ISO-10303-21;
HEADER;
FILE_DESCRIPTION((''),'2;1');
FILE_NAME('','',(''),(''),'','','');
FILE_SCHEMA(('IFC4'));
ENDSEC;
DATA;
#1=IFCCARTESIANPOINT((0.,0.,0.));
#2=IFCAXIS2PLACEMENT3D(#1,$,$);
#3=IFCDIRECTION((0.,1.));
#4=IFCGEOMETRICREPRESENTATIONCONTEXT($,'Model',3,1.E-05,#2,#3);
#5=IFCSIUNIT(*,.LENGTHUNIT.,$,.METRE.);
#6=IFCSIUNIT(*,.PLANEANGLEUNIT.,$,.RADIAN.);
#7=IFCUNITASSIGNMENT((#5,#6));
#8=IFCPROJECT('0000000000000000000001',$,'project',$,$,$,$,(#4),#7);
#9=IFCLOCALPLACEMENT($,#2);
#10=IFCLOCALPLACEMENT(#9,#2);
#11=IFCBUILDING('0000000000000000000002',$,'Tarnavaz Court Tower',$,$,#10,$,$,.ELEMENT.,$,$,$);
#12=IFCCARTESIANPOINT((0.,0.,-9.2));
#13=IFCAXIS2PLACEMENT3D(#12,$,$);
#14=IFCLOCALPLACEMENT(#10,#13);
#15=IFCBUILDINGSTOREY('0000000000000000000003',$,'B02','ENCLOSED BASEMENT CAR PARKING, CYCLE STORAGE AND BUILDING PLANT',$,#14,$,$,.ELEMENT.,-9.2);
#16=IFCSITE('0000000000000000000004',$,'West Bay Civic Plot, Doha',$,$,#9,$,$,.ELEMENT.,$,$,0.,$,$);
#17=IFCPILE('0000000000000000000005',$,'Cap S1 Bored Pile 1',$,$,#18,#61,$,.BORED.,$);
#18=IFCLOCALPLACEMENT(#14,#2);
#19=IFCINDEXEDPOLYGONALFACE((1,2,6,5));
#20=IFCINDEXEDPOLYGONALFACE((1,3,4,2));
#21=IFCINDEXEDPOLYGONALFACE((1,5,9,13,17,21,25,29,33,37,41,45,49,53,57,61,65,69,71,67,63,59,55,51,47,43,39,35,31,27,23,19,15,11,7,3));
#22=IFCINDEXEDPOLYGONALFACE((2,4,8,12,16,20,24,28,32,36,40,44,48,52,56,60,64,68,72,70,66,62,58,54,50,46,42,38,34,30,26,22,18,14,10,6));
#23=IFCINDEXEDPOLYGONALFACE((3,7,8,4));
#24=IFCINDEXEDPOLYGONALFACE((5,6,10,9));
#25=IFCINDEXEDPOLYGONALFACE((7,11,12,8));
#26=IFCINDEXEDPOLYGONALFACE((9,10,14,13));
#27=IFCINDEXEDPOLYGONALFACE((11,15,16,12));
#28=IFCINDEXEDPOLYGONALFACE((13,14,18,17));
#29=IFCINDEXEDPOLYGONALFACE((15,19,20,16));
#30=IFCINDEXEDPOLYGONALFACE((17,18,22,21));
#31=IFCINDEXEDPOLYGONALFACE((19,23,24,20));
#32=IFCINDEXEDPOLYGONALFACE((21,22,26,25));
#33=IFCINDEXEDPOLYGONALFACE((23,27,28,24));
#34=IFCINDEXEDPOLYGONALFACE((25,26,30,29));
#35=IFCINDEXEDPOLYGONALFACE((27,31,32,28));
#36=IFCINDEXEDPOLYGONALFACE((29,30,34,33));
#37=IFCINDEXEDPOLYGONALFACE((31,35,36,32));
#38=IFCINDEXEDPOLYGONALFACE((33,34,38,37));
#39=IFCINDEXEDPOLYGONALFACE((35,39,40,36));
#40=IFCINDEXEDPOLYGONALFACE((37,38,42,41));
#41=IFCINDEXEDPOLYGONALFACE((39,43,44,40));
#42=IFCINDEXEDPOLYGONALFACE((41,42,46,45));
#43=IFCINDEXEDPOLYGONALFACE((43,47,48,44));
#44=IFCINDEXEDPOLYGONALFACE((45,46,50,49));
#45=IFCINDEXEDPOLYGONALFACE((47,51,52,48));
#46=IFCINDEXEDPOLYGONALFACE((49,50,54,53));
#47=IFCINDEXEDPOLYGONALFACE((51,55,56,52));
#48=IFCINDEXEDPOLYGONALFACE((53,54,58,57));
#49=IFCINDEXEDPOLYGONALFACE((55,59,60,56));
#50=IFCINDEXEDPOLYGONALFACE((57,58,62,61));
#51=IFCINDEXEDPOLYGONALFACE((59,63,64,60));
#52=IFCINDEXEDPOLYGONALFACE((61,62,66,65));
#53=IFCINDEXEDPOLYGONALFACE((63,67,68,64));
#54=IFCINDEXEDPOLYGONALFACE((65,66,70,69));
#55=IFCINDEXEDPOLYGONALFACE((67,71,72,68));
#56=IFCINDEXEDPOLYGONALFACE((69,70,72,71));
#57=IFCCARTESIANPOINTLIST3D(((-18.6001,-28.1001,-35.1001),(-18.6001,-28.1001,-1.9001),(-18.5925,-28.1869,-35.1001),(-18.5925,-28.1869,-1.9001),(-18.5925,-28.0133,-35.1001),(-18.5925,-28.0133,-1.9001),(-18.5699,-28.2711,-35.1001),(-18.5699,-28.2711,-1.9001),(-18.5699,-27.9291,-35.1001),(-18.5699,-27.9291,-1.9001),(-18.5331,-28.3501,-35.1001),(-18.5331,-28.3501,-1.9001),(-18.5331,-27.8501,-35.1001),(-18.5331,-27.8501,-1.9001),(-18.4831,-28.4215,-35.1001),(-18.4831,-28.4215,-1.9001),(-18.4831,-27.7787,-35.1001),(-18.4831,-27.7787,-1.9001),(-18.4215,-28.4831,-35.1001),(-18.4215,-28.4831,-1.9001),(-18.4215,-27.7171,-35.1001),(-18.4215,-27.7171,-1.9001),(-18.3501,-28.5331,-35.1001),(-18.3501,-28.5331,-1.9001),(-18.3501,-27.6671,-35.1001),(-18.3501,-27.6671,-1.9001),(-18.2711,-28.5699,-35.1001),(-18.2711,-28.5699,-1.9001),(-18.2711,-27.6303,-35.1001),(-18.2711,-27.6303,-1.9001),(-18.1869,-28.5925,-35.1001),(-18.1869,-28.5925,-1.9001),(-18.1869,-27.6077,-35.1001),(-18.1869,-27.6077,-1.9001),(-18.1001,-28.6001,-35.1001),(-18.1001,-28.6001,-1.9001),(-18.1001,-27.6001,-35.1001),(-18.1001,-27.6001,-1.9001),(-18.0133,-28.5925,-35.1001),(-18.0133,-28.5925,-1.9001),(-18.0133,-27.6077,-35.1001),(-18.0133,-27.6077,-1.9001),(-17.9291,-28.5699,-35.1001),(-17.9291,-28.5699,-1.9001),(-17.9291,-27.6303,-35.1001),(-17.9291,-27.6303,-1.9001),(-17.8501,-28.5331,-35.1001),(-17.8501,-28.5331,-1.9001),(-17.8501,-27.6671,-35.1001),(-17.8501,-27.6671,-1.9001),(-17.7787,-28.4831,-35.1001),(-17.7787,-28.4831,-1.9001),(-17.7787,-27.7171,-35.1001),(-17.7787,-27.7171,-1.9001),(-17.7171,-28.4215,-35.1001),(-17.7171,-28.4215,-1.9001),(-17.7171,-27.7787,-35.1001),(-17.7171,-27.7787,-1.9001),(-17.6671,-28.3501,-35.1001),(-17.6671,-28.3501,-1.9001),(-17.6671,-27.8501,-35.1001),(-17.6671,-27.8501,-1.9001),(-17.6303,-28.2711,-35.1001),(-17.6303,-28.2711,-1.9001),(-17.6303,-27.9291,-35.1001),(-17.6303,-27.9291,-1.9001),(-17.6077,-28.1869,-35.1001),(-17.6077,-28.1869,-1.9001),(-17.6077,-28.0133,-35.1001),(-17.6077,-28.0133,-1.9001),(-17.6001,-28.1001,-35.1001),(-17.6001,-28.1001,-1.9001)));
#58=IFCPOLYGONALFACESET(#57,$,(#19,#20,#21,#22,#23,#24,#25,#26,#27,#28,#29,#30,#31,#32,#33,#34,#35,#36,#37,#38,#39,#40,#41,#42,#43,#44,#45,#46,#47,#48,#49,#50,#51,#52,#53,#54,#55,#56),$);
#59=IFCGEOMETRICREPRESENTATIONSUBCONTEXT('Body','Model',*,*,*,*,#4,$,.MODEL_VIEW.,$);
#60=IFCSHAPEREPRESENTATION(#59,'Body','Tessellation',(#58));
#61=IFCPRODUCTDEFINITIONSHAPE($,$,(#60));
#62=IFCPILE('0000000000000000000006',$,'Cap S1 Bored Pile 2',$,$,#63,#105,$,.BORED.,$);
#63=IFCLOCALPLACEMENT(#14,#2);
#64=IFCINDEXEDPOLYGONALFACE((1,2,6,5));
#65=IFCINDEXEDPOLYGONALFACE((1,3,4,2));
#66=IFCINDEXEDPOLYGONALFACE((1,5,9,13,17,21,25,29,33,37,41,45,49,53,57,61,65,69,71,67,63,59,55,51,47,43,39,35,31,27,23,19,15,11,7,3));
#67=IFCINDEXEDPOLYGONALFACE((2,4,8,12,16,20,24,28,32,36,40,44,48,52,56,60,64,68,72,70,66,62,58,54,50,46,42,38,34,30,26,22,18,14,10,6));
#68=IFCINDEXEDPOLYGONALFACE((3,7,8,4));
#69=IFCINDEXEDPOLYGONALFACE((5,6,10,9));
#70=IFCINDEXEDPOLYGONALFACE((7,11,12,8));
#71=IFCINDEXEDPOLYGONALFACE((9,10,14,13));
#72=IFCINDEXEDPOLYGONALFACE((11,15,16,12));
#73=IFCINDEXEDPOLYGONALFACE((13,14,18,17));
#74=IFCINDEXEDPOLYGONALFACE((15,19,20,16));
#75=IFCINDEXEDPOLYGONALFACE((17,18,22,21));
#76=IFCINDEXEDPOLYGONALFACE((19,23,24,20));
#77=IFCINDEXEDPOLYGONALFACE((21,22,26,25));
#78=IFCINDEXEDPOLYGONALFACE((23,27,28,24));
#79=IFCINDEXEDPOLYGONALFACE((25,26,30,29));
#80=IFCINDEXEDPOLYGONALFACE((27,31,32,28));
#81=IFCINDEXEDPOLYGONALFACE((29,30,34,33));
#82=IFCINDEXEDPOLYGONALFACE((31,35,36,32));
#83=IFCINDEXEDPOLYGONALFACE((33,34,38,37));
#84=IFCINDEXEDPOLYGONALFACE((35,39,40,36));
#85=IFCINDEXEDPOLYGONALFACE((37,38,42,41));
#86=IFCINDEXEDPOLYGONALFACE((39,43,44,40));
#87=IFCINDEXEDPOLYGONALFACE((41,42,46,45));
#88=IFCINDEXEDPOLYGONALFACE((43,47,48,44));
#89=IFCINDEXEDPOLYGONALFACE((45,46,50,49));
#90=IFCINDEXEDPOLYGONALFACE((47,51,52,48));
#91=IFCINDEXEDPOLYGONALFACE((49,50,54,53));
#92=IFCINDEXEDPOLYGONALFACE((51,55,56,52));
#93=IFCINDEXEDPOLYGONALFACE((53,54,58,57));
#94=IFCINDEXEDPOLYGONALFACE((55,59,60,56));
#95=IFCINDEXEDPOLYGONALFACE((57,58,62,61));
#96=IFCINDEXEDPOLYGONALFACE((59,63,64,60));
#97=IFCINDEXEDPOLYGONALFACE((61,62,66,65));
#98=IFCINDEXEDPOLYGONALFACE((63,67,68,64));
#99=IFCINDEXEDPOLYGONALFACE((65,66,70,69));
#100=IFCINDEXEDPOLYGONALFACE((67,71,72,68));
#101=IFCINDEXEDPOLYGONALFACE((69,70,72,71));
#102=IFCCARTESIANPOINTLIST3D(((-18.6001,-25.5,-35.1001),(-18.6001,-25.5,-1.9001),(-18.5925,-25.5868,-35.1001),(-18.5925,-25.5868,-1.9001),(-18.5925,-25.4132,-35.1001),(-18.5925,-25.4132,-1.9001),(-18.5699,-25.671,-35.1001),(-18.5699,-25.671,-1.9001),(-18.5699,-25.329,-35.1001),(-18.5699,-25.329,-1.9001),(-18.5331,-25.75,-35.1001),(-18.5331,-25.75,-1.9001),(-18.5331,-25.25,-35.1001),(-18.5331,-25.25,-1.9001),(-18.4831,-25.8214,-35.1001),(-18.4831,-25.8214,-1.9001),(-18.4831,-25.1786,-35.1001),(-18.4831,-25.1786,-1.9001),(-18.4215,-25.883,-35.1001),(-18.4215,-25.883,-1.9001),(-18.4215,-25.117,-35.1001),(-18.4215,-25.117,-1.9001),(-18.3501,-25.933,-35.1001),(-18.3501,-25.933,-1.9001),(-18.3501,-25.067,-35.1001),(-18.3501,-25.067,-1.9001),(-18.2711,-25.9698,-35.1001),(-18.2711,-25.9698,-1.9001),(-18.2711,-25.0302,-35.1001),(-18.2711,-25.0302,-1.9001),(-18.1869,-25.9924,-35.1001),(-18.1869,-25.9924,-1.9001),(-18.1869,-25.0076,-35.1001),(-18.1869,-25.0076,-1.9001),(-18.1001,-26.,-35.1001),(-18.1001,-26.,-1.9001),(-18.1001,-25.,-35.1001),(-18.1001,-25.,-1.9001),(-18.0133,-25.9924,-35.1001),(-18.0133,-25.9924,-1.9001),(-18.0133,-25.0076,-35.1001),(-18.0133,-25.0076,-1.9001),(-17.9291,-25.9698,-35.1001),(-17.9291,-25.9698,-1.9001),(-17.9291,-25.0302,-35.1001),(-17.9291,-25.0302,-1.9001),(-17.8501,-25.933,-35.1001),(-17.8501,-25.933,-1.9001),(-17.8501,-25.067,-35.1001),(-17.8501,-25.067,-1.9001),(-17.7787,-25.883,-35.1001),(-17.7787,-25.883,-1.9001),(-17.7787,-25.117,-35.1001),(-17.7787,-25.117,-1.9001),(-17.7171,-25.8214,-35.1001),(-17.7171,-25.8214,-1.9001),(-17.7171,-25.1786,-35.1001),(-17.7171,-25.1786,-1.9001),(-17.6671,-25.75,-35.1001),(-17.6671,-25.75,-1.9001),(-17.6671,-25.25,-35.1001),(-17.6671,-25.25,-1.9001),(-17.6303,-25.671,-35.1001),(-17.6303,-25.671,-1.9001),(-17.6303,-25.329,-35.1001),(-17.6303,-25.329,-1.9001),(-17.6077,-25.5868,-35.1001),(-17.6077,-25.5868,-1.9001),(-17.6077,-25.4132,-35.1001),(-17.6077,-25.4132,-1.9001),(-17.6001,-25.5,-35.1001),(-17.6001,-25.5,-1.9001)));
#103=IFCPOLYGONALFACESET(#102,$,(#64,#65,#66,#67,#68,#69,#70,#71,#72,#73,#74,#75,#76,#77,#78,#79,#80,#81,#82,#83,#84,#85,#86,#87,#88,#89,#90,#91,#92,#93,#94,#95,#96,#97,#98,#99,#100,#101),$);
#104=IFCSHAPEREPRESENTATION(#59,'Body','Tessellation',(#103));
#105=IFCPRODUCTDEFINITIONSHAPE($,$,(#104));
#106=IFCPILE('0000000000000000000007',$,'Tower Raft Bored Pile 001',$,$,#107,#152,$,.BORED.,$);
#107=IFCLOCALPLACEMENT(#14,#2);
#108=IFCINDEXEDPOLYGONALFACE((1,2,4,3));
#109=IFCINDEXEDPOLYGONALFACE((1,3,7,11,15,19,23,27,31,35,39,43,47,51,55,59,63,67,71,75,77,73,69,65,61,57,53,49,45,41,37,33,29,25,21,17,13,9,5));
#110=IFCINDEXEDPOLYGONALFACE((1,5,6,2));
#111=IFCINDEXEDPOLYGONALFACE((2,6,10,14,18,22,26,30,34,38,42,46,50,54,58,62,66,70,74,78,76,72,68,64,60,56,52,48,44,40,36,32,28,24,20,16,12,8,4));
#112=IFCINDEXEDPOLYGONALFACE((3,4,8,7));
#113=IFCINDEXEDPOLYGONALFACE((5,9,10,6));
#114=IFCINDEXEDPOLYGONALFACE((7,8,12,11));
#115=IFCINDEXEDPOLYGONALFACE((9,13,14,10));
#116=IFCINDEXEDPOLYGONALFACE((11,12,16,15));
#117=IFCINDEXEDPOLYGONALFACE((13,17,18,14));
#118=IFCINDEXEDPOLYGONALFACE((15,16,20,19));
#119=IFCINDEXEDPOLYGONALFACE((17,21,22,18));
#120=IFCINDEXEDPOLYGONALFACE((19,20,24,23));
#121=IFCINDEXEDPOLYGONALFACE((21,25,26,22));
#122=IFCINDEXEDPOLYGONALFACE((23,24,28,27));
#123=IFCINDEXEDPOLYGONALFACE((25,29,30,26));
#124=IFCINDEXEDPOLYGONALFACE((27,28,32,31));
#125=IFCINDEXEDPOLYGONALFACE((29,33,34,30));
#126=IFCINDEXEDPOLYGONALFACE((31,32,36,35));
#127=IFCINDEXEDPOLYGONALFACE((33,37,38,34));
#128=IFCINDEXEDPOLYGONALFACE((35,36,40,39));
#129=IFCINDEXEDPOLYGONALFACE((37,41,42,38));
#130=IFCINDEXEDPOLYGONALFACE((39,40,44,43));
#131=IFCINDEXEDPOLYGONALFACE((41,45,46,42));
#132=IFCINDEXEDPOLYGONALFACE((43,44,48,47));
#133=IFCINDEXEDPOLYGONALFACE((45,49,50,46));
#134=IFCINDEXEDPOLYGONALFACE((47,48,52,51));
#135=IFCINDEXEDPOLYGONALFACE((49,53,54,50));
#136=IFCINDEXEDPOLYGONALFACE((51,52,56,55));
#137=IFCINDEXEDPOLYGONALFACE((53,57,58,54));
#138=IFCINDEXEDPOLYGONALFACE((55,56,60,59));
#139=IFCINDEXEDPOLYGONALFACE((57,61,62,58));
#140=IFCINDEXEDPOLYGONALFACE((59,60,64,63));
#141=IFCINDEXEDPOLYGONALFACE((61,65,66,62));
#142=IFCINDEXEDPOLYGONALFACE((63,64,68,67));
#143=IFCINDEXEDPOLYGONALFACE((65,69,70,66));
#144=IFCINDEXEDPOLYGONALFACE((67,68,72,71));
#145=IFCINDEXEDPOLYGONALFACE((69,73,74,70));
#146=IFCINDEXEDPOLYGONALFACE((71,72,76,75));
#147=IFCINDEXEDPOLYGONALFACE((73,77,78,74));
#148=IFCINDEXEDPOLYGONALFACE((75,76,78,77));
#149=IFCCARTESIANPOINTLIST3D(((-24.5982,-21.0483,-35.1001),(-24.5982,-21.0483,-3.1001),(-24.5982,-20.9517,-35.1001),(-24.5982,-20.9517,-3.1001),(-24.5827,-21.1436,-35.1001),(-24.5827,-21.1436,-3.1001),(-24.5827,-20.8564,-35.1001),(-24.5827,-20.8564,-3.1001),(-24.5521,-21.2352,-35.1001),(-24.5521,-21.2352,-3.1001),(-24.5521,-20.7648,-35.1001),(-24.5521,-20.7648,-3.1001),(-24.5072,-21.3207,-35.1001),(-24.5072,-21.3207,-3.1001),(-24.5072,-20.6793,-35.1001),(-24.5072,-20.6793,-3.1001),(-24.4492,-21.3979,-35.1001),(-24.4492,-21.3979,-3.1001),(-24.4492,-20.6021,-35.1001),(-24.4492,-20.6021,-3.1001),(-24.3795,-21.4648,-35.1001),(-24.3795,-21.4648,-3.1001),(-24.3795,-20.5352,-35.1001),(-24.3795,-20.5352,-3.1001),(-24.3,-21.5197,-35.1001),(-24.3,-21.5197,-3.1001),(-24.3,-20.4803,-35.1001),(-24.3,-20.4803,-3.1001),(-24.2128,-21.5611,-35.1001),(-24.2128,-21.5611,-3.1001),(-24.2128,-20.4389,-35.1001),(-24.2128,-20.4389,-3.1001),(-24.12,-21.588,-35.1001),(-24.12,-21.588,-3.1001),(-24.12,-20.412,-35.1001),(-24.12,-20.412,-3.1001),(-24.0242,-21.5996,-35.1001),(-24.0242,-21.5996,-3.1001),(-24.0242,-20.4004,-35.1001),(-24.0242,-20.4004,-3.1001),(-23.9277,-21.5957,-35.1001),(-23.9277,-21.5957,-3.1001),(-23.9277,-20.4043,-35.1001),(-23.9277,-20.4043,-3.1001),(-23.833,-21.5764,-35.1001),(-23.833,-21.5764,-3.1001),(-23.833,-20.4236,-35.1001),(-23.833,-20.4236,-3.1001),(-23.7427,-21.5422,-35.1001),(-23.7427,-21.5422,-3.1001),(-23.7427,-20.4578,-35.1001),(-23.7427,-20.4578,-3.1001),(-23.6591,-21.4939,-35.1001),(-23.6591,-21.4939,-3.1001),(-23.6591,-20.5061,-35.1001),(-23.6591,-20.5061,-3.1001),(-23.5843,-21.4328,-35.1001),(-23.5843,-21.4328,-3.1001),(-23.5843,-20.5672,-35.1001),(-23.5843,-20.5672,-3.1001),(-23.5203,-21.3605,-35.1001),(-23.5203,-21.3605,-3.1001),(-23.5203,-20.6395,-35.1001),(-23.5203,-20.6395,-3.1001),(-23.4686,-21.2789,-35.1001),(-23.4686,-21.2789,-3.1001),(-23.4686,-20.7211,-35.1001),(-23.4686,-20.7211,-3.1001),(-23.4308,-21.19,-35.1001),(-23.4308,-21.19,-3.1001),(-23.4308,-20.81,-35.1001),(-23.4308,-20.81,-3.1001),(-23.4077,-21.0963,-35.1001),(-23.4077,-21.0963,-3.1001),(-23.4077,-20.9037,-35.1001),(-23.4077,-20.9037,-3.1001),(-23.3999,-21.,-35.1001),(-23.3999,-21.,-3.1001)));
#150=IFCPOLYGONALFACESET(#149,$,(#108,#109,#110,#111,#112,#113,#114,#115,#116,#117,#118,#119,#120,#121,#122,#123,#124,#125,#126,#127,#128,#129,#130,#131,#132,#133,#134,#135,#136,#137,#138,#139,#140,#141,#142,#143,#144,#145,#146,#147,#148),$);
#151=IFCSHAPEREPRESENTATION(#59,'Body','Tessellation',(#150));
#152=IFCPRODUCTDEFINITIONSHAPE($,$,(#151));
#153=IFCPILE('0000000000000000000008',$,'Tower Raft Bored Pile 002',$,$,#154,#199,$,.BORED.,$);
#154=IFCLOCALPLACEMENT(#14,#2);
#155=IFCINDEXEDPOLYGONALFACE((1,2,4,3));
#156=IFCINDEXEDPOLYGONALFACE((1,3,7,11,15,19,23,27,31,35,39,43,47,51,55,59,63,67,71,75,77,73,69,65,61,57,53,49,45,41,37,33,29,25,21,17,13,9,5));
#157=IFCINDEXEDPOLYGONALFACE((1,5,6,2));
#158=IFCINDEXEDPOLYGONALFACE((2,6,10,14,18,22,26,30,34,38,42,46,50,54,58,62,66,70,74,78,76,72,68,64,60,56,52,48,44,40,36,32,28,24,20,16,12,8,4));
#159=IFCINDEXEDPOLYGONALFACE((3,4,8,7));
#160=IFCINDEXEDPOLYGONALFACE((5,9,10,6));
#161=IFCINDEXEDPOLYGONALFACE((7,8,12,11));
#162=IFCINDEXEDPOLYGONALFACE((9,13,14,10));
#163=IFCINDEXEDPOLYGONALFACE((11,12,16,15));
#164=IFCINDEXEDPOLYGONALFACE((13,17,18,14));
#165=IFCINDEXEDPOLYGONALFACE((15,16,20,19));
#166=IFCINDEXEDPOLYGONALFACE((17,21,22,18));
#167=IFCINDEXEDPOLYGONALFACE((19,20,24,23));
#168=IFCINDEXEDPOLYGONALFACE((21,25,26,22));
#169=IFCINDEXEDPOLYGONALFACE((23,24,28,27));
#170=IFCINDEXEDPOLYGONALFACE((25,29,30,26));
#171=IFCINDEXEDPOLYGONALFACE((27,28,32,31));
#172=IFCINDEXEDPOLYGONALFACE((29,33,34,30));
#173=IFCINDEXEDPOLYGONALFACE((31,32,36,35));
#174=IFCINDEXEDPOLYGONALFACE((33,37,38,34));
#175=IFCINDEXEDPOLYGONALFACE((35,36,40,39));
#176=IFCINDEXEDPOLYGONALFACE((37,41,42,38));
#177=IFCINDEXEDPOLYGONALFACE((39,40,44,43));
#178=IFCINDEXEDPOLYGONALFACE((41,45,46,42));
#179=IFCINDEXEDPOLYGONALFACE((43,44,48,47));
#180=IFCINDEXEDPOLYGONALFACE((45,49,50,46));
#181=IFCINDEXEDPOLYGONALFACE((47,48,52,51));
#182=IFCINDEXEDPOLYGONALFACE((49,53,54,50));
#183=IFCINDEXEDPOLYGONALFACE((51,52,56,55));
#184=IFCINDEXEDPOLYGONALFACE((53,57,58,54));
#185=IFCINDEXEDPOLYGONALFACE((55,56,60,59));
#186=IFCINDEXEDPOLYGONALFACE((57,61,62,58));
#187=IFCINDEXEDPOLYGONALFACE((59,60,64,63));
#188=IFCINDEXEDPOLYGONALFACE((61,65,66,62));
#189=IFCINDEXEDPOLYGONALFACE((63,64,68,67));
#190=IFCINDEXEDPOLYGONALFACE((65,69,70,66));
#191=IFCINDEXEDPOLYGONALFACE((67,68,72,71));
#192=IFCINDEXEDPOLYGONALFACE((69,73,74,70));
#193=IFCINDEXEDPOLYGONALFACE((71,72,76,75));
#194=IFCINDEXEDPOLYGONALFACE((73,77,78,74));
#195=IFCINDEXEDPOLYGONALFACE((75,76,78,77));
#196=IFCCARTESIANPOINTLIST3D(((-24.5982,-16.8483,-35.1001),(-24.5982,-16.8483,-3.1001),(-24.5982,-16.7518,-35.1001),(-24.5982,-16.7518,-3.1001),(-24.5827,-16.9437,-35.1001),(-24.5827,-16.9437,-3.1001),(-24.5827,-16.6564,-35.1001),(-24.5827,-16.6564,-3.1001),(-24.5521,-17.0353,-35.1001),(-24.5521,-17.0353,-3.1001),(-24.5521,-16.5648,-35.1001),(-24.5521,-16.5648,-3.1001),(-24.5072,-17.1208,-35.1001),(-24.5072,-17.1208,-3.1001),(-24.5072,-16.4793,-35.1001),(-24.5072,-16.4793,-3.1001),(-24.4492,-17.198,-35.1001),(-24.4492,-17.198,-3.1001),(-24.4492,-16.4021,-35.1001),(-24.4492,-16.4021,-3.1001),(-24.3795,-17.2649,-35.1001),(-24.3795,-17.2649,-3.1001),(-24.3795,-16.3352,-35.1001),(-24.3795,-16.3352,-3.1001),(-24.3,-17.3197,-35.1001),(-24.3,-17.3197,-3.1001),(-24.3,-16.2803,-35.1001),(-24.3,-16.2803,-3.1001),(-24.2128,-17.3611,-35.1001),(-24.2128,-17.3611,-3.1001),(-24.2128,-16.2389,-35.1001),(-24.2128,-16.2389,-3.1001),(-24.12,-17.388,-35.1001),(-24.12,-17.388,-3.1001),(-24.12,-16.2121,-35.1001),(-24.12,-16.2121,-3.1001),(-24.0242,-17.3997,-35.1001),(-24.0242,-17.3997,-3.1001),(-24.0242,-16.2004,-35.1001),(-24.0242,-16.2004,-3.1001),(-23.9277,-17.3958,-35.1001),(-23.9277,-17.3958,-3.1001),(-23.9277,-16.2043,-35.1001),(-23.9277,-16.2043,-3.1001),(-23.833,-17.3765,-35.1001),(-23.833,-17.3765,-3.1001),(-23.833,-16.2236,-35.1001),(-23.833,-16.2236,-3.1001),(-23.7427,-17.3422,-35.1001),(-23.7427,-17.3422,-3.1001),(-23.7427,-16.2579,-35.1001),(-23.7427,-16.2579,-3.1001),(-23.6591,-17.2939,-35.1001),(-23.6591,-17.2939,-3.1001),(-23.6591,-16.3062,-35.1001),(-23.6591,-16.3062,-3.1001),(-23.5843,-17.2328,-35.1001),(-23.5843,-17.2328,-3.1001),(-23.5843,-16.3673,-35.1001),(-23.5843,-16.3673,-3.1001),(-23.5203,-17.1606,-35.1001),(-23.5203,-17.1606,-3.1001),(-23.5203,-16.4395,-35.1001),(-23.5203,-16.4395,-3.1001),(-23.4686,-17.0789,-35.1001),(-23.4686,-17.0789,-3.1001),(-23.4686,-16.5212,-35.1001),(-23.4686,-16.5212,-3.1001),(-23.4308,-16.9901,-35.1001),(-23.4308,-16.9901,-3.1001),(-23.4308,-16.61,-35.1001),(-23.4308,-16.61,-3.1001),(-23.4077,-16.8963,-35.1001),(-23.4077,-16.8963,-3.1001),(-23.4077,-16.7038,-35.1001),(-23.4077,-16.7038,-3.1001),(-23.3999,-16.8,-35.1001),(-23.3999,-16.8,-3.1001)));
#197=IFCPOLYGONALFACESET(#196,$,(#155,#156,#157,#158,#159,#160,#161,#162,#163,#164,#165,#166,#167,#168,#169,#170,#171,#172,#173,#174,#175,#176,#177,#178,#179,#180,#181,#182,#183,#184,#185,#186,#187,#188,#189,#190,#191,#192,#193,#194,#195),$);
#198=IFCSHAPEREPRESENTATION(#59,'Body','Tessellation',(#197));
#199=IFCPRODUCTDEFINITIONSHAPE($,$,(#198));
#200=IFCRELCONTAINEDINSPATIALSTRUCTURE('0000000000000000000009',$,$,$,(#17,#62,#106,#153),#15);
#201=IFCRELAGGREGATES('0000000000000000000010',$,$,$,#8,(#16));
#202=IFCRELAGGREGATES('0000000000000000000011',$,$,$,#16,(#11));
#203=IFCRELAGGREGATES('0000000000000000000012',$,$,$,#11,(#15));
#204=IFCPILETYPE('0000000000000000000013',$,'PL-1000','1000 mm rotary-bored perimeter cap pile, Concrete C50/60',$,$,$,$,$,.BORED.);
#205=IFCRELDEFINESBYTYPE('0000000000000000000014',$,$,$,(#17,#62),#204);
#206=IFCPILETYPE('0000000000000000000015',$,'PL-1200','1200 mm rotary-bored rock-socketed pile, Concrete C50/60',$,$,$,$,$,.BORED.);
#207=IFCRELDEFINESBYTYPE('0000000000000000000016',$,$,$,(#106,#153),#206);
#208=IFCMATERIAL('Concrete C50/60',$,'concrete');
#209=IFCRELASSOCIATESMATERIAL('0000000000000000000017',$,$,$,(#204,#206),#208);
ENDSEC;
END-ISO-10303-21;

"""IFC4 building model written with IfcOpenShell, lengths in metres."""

from ifc_helpers import new_model, si_unit, direction, frame, origin, origin_2d, place, context, subcontext, project, spatial, circle, extrude, material, material_profile, profile_set, type_object, element, save


model = new_model("IFC4")

# Units and contexts
model_context = context("Model", 3, precision=1e-05, world=origin(), true_north=direction((0.0, 1.0)))
body_context = subcontext(model_context, "Body", "Model", "MODEL_VIEW")
ifc_project = project(units=[si_unit("LENGTHUNIT", "METRE"), si_unit("PLANEANGLEUNIT", "RADIAN")], contexts=[model_context])

# Site, building, storey
site_placement = place(None, origin())
site = spatial("IfcSite", under=ifc_project, at=site_placement, Name="West Bay Civic Plot, Doha", CompositionType="ELEMENT", RefElevation=0.0)
building_placement = place(site_placement, origin())
building = spatial("IfcBuilding", under=site, at=building_placement, Name="Tarnavaz Court Tower", CompositionType="ELEMENT")
storey_placement = place(building_placement, frame((0.0, 0.0, -9.2)))
storey = spatial("IfcBuildingStorey", under=building, at=storey_placement, Name="B02", Description="ENCLOSED BASEMENT CAR PARKING, CYCLE STORAGE AND BUILDING PLANT", CompositionType="ELEMENT", Elevation=-9.2)

# Shared definitions
ifc_material_1 = material(Name="Concrete C50/60", Category="concrete")

# Piles
ifc_material_profile_1 = material_profile(ifc_material_1, circle(Radius=0.5, at=origin_2d()), Name="PILE D1000")
ifc_profile_set_1 = profile_set([ifc_material_profile_1], Name="Concrete C50/60")
pile_type_1 = type_object("IfcPileType", Name="PL-1000", Description="1000 mm rotary-bored perimeter cap pile, Concrete C50/60", PredefinedType="BORED", material=ifc_profile_set_1)
for number, where, z_axis, x_axis, name in (
    (1, (-18.1001, -28.1001, -1.9001), (0.0, 0.0, -1.0), (1.0, 0.0, 0.0), "Cap S1 Bored Pile 1"),
    (2, (-18.1001, -25.5, -1.9001), (0.0, 0.0, -1.0), (1.0, 0.0, 0.0), "Cap S1 Bored Pile 2"),
):
    element("IfcPile", number, at=place(storey_placement, frame(where, z_axis=z_axis, x_axis=x_axis)), inside=storey, type_object=pile_type_1, Name=name, PredefinedType="BORED", context=body_context, shape_type="SweptSolid", body=[
        extrude(circle(Radius=0.5, at=origin_2d()), origin(), (0.0, 0.0, 1.0), 33.2),
    ])
ifc_material_profile_2 = material_profile(ifc_material_1, circle(Radius=0.6001, at=origin_2d()), Name="PILE D1200")
ifc_profile_set_2 = profile_set([ifc_material_profile_2], Name="Concrete C50/60")
pile_type_2 = type_object("IfcPileType", Name="PL-1200", Description="1200 mm rotary-bored rock-socketed pile, Concrete C50/60", PredefinedType="BORED", material=ifc_profile_set_2)
for number, where, z_axis, x_axis, name in (
    (3, (-24.0, -21.0, -3.1001), (0.0, 0.0, -1.0), (1.0, 0.0, 0.0), "Tower Raft Bored Pile 001"),
    (4, (-24.0, -16.8, -3.1001), (0.0, 0.0, -1.0), (1.0, 0.0, 0.0), "Tower Raft Bored Pile 002"),
):
    element("IfcPile", number, at=place(storey_placement, frame(where, z_axis=z_axis, x_axis=x_axis)), inside=storey, type_object=pile_type_2, Name=name, PredefinedType="BORED", context=body_context, shape_type="SweptSolid", body=[
        extrude(circle(Radius=0.6001, at=origin_2d()), origin(), (0.0, 0.0, 1.0), 32.0),
    ])

save(model, "model.ifc")
